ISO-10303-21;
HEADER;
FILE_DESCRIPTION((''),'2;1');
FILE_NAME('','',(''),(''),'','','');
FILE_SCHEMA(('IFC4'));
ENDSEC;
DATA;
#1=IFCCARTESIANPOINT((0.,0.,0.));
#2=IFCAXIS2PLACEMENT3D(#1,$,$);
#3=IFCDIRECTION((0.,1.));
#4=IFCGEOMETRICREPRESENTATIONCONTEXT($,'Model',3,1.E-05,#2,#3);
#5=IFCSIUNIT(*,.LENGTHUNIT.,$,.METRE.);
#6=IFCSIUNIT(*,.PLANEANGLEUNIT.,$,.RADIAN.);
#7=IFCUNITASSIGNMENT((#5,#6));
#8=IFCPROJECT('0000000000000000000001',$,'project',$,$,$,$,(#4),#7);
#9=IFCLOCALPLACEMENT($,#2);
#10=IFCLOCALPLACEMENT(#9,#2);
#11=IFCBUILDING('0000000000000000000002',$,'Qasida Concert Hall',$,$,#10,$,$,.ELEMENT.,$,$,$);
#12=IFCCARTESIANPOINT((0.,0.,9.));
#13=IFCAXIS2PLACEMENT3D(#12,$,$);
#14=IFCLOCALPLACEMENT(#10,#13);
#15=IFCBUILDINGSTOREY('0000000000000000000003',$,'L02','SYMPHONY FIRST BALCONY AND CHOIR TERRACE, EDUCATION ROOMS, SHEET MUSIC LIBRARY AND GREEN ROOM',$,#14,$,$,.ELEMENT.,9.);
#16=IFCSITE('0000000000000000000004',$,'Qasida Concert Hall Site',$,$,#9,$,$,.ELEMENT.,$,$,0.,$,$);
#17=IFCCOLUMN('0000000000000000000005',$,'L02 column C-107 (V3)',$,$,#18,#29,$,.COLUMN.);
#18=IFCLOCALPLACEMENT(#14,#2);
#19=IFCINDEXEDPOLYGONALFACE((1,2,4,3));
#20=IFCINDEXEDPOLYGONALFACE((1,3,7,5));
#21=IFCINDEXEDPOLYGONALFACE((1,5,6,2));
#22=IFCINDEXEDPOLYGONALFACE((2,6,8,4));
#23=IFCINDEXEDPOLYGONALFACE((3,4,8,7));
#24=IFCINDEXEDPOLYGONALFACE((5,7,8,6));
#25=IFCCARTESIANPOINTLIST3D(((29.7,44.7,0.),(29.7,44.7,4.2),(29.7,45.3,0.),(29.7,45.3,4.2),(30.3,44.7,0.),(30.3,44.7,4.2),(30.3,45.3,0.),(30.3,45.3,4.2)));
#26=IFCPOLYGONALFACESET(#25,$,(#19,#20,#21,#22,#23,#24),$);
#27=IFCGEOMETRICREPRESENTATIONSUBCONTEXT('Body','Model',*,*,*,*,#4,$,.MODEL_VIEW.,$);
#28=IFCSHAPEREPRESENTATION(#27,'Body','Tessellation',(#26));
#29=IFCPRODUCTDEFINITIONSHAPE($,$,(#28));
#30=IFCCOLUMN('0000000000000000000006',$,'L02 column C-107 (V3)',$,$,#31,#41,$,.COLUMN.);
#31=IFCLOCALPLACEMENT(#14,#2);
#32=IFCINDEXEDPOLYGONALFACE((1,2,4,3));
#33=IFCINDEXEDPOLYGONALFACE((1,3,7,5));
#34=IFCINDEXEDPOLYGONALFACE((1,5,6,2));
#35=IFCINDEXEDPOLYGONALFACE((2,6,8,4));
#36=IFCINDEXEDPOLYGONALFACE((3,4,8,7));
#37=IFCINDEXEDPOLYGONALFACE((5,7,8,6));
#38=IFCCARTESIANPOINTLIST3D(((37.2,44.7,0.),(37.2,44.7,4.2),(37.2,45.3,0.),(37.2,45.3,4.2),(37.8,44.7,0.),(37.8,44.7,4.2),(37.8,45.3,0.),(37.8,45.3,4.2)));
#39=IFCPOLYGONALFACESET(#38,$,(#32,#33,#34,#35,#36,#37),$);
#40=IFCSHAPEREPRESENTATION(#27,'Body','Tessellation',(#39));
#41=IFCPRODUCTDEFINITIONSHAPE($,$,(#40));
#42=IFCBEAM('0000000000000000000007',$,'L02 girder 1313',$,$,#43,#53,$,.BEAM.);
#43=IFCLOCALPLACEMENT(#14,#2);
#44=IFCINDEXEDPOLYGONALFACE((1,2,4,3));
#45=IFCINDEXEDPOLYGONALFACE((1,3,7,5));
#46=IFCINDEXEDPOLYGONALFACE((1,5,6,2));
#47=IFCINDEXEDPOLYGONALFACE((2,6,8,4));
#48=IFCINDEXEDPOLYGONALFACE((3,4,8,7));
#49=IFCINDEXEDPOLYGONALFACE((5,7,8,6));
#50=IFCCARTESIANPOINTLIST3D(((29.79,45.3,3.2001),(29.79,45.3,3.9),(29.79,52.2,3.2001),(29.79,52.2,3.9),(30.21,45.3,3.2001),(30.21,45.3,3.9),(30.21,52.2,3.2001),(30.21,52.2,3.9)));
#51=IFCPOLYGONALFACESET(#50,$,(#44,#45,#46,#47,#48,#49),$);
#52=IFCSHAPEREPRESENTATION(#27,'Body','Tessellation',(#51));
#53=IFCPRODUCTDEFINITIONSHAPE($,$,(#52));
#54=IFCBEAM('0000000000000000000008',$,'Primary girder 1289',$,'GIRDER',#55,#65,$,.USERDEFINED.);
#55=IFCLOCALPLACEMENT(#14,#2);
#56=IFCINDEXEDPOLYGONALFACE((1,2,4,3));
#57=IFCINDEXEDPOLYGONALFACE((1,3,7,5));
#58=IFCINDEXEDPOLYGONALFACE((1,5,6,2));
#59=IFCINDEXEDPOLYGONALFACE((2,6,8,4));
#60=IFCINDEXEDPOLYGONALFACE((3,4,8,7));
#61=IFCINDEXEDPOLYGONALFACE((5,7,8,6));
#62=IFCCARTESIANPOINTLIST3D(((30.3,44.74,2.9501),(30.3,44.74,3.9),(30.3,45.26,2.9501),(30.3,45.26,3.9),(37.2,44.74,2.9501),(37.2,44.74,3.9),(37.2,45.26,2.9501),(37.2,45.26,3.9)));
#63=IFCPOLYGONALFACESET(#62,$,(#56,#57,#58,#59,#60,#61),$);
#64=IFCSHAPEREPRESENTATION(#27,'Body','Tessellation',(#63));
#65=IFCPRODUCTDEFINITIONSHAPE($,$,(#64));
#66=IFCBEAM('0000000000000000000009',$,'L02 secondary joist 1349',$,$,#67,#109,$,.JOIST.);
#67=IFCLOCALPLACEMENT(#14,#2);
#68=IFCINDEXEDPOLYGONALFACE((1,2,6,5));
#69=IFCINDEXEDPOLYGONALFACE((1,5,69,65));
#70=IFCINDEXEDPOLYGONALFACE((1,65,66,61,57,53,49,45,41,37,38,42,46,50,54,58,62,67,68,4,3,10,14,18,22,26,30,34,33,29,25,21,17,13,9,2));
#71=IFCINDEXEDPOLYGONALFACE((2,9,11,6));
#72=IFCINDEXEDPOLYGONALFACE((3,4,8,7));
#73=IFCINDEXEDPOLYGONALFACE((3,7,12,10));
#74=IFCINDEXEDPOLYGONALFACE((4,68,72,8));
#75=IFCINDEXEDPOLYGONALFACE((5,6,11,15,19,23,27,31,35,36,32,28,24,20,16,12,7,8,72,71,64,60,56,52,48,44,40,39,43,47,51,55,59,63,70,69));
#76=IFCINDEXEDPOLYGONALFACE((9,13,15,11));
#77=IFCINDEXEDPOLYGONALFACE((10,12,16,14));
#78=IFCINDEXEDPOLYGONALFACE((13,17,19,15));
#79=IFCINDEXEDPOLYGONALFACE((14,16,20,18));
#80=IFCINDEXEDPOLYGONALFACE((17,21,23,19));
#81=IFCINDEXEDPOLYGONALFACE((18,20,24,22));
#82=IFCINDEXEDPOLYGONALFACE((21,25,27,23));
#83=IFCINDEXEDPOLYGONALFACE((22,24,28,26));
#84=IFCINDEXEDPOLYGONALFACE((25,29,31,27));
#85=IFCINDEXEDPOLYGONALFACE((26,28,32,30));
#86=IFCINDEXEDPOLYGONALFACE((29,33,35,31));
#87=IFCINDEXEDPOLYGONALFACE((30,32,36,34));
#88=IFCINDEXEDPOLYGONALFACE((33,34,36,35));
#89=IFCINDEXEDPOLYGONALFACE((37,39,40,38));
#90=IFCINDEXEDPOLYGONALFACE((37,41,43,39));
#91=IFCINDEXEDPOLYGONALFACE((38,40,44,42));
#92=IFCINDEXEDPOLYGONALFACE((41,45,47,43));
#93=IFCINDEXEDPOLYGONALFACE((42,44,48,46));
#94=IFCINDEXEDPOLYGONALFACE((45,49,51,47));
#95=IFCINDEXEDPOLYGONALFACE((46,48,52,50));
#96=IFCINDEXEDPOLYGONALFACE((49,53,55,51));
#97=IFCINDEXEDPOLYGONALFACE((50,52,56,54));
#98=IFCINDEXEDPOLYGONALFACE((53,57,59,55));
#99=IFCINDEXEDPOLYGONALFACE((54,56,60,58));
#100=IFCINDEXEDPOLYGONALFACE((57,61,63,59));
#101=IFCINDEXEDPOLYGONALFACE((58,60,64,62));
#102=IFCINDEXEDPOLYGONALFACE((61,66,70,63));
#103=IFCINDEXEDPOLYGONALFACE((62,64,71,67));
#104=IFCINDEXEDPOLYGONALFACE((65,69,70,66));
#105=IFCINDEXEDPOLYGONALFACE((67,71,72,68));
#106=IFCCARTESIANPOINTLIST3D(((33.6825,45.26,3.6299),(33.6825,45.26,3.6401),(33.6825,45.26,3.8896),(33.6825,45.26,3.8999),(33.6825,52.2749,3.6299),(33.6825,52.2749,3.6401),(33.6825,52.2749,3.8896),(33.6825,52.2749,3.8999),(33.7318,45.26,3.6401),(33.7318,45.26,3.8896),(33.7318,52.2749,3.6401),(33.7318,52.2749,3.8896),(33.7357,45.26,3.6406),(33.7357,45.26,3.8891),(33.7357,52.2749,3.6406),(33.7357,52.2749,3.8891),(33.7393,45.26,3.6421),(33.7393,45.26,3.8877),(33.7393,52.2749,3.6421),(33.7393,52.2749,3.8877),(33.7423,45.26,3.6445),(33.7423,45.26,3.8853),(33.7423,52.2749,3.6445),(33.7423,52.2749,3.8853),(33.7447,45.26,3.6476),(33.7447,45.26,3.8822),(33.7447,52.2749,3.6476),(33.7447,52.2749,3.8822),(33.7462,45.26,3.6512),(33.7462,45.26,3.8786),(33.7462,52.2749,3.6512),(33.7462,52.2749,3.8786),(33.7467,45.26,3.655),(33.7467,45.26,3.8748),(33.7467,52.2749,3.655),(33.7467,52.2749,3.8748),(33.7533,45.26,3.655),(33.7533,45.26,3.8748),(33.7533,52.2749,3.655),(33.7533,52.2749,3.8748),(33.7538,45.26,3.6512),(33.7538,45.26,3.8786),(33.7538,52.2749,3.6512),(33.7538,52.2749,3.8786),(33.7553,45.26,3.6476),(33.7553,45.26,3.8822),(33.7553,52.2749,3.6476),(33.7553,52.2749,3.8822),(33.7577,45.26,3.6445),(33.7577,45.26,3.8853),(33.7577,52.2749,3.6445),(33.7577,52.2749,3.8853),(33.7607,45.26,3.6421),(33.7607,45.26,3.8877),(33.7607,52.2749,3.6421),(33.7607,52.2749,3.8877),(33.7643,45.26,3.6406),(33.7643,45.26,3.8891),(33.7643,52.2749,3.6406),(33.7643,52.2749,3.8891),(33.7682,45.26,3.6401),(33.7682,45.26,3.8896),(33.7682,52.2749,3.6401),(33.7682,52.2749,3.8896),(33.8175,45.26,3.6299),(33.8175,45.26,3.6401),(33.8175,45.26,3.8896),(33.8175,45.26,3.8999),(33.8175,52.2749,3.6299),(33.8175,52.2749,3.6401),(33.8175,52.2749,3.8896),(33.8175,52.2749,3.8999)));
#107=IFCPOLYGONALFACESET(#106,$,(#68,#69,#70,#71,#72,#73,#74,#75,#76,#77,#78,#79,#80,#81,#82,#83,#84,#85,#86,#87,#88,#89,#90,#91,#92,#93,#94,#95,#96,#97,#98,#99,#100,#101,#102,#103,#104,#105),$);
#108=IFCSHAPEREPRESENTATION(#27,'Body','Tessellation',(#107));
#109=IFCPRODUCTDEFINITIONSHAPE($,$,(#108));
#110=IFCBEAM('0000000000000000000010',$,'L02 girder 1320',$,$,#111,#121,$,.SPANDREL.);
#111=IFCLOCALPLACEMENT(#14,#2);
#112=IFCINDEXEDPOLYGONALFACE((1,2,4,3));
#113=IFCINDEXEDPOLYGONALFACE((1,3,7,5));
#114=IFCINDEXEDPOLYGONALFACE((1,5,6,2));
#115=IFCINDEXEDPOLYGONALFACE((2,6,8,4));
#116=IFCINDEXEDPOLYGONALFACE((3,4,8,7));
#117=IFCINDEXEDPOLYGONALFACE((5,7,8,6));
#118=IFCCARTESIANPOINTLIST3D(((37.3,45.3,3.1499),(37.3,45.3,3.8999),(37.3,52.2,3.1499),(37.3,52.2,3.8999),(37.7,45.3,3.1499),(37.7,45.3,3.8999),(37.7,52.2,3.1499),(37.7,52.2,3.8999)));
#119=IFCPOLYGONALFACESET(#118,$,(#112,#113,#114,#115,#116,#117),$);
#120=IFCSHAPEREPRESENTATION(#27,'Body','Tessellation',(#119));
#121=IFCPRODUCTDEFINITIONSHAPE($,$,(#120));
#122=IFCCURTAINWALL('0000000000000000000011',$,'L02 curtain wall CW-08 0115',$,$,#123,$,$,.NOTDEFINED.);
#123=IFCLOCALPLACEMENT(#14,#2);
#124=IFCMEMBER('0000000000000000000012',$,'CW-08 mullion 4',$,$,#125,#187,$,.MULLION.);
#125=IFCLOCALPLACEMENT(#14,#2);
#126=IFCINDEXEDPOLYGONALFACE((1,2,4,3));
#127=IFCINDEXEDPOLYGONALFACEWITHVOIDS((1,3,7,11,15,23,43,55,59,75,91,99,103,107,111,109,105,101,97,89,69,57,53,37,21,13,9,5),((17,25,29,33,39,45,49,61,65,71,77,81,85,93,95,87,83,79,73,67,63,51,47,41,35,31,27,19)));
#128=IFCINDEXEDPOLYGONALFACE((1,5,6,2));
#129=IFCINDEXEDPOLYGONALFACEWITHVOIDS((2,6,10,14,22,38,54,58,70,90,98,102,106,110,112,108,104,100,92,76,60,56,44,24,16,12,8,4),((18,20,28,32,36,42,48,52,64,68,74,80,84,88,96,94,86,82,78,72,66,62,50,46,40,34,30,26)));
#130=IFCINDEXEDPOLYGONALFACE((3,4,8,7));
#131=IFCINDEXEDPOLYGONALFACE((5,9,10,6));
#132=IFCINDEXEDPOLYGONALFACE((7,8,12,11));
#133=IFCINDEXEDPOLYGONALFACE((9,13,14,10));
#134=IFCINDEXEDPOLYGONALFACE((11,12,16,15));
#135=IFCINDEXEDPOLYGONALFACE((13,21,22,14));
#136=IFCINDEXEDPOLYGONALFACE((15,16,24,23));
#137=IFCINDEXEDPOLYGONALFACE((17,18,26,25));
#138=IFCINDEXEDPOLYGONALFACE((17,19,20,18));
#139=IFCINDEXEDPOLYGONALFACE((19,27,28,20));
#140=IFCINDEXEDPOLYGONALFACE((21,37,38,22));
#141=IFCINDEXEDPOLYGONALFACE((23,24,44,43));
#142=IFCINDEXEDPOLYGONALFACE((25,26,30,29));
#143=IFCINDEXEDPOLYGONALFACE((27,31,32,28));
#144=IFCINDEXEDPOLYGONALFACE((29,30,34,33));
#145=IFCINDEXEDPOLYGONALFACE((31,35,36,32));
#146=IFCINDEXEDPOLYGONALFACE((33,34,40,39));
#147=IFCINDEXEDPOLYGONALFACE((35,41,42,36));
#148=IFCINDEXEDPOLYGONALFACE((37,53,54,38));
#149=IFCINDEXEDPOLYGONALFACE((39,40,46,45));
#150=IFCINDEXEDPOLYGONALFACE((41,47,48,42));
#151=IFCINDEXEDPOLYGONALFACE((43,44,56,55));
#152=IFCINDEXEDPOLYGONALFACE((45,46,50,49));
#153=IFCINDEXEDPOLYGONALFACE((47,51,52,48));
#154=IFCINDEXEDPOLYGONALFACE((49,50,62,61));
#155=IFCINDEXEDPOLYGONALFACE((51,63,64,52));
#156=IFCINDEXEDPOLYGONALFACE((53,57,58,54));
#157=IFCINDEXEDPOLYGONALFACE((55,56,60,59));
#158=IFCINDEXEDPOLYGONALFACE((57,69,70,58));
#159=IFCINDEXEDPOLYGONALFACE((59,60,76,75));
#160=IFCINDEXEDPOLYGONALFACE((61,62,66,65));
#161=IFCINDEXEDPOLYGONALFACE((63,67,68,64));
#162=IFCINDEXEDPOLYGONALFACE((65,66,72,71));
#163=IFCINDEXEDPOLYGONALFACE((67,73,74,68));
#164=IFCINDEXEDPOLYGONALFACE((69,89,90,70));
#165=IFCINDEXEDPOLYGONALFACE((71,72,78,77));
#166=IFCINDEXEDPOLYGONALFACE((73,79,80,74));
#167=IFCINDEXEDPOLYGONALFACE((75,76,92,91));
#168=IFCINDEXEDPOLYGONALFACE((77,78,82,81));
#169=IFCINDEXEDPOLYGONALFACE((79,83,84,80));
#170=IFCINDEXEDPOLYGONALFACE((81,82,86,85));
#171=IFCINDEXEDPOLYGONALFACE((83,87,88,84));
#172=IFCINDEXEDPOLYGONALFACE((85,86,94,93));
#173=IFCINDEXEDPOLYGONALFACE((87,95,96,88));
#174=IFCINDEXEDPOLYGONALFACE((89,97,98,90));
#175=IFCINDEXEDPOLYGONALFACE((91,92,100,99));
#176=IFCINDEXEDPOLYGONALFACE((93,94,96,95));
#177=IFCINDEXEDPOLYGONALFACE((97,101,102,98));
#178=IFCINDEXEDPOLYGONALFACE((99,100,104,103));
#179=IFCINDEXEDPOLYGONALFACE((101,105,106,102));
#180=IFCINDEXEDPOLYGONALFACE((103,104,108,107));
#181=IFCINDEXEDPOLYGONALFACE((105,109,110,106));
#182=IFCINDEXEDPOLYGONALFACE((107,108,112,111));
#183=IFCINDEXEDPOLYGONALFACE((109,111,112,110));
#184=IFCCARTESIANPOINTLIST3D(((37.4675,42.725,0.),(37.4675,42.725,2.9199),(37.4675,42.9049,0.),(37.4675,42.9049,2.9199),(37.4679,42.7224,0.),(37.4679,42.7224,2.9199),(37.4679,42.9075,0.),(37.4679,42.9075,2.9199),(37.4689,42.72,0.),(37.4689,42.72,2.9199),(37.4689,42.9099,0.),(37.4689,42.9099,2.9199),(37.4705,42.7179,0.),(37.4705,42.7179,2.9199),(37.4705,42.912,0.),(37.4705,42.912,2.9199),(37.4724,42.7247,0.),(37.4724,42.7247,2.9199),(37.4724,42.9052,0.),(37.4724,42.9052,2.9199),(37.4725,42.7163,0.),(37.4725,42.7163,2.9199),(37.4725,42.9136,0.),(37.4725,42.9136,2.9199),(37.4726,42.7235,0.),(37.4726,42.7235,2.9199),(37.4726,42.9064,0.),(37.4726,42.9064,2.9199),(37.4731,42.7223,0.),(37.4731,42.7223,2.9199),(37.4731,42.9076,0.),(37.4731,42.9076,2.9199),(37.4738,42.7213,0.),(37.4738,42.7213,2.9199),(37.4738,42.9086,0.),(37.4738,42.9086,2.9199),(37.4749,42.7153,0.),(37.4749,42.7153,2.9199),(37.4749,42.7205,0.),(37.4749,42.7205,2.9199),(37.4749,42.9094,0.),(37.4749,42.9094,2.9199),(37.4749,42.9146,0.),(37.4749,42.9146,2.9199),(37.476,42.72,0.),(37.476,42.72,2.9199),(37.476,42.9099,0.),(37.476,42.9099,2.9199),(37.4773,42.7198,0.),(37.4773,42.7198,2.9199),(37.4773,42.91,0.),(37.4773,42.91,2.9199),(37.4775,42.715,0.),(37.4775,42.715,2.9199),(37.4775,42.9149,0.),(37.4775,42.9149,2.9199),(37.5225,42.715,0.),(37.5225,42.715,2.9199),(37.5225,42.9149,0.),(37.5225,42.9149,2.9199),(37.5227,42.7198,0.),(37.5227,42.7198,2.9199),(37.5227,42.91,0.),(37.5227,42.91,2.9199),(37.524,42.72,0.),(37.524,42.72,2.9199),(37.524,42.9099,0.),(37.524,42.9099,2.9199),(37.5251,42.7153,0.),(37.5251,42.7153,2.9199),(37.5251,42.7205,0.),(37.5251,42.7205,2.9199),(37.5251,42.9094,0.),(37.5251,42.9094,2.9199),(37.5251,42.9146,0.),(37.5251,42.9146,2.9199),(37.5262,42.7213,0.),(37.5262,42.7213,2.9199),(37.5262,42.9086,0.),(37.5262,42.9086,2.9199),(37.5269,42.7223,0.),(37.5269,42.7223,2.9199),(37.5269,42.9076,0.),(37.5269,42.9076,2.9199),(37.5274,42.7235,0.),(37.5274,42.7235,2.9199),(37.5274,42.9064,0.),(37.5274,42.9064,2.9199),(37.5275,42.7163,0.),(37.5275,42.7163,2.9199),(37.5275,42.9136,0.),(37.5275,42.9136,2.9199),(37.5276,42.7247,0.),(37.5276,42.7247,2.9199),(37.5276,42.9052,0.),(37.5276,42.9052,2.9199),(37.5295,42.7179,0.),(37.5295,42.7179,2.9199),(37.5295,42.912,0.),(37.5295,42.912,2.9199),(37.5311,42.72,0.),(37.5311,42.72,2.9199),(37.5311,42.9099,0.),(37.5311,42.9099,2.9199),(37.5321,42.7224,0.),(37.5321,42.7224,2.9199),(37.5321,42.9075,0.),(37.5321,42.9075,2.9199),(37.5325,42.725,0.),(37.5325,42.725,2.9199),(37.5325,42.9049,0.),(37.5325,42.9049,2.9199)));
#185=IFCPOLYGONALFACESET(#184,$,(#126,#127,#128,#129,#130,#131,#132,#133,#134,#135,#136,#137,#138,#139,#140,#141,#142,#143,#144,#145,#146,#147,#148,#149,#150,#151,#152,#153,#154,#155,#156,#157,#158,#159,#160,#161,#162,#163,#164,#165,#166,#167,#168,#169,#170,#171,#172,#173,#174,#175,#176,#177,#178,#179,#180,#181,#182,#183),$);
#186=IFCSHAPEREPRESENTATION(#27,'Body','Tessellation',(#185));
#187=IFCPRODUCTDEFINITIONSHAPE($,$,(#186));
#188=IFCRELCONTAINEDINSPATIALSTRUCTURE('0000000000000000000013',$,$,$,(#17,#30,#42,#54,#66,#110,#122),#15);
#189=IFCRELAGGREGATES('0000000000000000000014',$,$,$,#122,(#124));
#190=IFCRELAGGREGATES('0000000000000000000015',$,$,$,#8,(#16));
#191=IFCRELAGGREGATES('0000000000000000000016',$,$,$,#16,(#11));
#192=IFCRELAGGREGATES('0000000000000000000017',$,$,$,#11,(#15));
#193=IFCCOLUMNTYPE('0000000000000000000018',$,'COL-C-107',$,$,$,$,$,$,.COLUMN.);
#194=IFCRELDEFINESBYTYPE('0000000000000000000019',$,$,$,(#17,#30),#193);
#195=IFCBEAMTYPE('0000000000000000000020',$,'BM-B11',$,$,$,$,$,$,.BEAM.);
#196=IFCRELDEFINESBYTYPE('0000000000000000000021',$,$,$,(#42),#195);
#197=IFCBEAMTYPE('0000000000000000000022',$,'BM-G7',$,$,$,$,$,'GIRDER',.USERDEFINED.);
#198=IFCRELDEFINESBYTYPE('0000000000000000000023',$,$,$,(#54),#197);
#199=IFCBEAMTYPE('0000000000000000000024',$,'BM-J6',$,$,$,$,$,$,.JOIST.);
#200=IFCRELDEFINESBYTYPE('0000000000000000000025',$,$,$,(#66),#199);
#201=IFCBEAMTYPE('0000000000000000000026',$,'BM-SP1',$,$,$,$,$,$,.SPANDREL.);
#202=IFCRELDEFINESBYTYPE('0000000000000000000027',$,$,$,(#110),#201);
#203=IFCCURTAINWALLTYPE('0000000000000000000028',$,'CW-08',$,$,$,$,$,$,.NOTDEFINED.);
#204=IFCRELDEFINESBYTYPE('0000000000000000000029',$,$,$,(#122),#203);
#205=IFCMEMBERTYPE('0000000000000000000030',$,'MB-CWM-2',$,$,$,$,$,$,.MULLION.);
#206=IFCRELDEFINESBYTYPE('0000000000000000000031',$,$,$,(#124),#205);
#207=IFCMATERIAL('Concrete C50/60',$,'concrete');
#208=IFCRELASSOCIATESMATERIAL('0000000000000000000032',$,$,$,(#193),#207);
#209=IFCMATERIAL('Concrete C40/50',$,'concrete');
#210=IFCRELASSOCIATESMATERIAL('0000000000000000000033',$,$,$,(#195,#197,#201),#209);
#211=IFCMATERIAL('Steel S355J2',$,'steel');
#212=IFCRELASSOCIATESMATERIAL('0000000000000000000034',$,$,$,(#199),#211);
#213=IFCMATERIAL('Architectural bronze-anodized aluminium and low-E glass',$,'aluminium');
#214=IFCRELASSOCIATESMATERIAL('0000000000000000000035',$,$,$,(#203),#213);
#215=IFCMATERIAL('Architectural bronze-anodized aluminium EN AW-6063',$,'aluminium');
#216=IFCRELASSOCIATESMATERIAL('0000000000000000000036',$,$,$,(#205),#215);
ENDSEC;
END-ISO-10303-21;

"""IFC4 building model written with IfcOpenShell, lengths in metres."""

from ifc_helpers import new_model, si_unit, direction, frame, origin, origin_2d, place, context, subcontext, project, spatial, rectangle, hollow_rectangle, i_section, extrude, material, material_profile, profile_set, type_object, element, aggregate, save


model = new_model("IFC4")

# Units and contexts
model_context = context("Model", 3, precision=1e-05, world=origin(), true_north=direction((0.0, 1.0)))
body_context = subcontext(model_context, "Body", "Model", "MODEL_VIEW")
ifc_project = project(units=[si_unit("LENGTHUNIT", "METRE"), si_unit("PLANEANGLEUNIT", "RADIAN")], contexts=[model_context])

# Site, building, storey
site_placement = place(None, origin())
site = spatial("IfcSite", under=ifc_project, at=site_placement, Name="Qasida Concert Hall Site", CompositionType="ELEMENT", RefElevation=0.0)
building_placement = place(site_placement, origin())
building = spatial("IfcBuilding", under=site, at=building_placement, Name="Qasida Concert Hall", CompositionType="ELEMENT")
storey_placement = place(building_placement, frame((0.0, 0.0, 9.0)))
storey = spatial("IfcBuildingStorey", under=building, at=storey_placement, Name="L02", Description="SYMPHONY FIRST BALCONY AND CHOIR TERRACE, EDUCATION ROOMS, SHEET MUSIC LIBRARY AND GREEN ROOM", CompositionType="ELEMENT", Elevation=9.0)

# Columns
ifc_material_1 = material(Name="Concrete C50/60", Category="concrete")
ifc_material_profile_1 = material_profile(ifc_material_1, rectangle(XDim=0.6001, YDim=0.6001, at=origin_2d()), Name="RC 600x600")
ifc_profile_set_1 = profile_set([ifc_material_profile_1], Name="Concrete C50/60")
column_type = type_object("IfcColumnType", Name="COL-C-107", PredefinedType="COLUMN", material=ifc_profile_set_1)
for number, where, z_axis, x_axis, name in (
    (1, (30.0, 45.0, 0.0), (0.0, 0.0, 1.0), (1.0, 0.0, 0.0), "L02 column C-107 (V3)"),
    (2, (37.5, 45.0, 0.0), (0.0, 0.0, 1.0), (1.0, 0.0, 0.0), "L02 column C-107 (V3)"),
):
    element("IfcColumn", number, at=place(storey_placement, frame(where, z_axis=z_axis, x_axis=x_axis)), inside=storey, type_object=column_type, Name=name, PredefinedType="COLUMN", context=body_context, shape_type="SweptSolid", body=[
        extrude(rectangle(XDim=0.6001, YDim=0.6001, at=origin_2d()), origin(), (0.0, 0.0, 1.0), 4.2),
    ])

# Beams
ifc_material_2 = material(Name="Concrete C40/50", Category="concrete")
ifc_material_profile_2 = material_profile(ifc_material_2, rectangle(XDim=0.4199, YDim=0.7, at=origin_2d()), Name="RC 420x700")
ifc_profile_set_2 = profile_set([ifc_material_profile_2], Name="Concrete C40/50")
beam_type_1 = type_object("IfcBeamType", Name="BM-B11", PredefinedType="BEAM", material=ifc_profile_set_2)
beam_1_placement = place(storey_placement, frame((30.0, 45.3, 3.55), z_axis=(0.0, 1.0, 0.0), x_axis=(-1.0, 0.0, 0.0)))
element("IfcBeam", 3, at=beam_1_placement, inside=storey, type_object=beam_type_1, Name="L02 girder 1313", PredefinedType="BEAM", context=body_context, shape_type="SweptSolid", body=[
    extrude(rectangle(XDim=0.4199, YDim=0.7, at=origin_2d()), origin(), (0.0, 0.0, 1.0), 6.8999),
])
ifc_material_profile_3 = material_profile(ifc_material_2, rectangle(XDim=0.52, YDim=0.95, at=origin_2d()), Name="RC 520x950")
ifc_profile_set_3 = profile_set([ifc_material_profile_3], Name="Concrete C40/50")
beam_type_2 = type_object("IfcBeamType", Name="BM-G7", ElementType="GIRDER", PredefinedType="USERDEFINED", material=ifc_profile_set_3)
beam_2_placement = place(storey_placement, frame((30.3, 45.0, 3.425), z_axis=(1.0, 0.0, 0.0), x_axis=(0.0, 1.0, 0.0)))
element("IfcBeam", 4, at=beam_2_placement, inside=storey, type_object=beam_type_2, Name="Primary girder 1289", ObjectType="GIRDER", PredefinedType="USERDEFINED", context=body_context, shape_type="SweptSolid", body=[
    extrude(rectangle(XDim=0.52, YDim=0.95, at=origin_2d()), origin(), (0.0, 0.0, 1.0), 6.8999),
])
ifc_material_3 = material(Name="Steel S355J2", Category="steel")
ifc_material_profile_4 = material_profile(ifc_material_3, i_section(OverallWidth=0.135, OverallDepth=0.27, WebThickness=0.0066, FlangeThickness=0.0103, FilletRadius=0.0149, at=origin_2d()), Name="IPE 270")
ifc_profile_set_4 = profile_set([ifc_material_profile_4], Name="Steel S355J2")
beam_type_3 = type_object("IfcBeamType", Name="BM-J6", PredefinedType="JOIST", material=ifc_profile_set_4)
beam_3_placement = place(storey_placement, frame((33.75, 45.26, 3.7649), z_axis=(0.0, 1.0, 0.0), x_axis=(-1.0, 0.0, 0.0)))
element("IfcBeam", 5, at=beam_3_placement, inside=storey, type_object=beam_type_3, Name="L02 secondary joist 1349", PredefinedType="JOIST", context=body_context, shape_type="SweptSolid", body=[
    extrude(i_section(OverallWidth=0.135, OverallDepth=0.27, WebThickness=0.0066, FlangeThickness=0.0103, FilletRadius=0.0149, at=origin_2d()), origin(), (0.0, 0.0, 1.0), 7.0149),
])
ifc_material_profile_5 = material_profile(ifc_material_2, rectangle(XDim=0.3999, YDim=0.75, at=origin_2d()), Name="RC 400x750")
ifc_profile_set_5 = profile_set([ifc_material_profile_5], Name="Concrete C40/50")
beam_type_4 = type_object("IfcBeamType", Name="BM-SP1", PredefinedType="SPANDREL", material=ifc_profile_set_5)
beam_4_placement = place(storey_placement, frame((37.5, 45.3, 3.5249), z_axis=(0.0, 1.0, 0.0), x_axis=(-1.0, 0.0, 0.0)))
element("IfcBeam", 6, at=beam_4_placement, inside=storey, type_object=beam_type_4, Name="L02 girder 1320", PredefinedType="SPANDREL", context=body_context, shape_type="SweptSolid", body=[
    extrude(rectangle(XDim=0.3999, YDim=0.75, at=origin_2d()), origin(), (0.0, 0.0, 1.0), 6.8999),
])

# Curtain wall, member
ifc_material_4 = material(Name="Architectural bronze-anodized aluminium and low-E glass", Category="aluminium")
curtain_wall_type = type_object("IfcCurtainWallType", Name="CW-08", PredefinedType="NOTDEFINED", material=ifc_material_4)
curtain_wall_1_placement = place(storey_placement, origin())
curtain_wall_1 = element("IfcCurtainWall", 7, at=curtain_wall_1_placement, inside=storey, type_object=curtain_wall_type, Name="L02 curtain wall CW-08 0115", PredefinedType="NOTDEFINED")
ifc_material_5 = material(Name="Architectural bronze-anodized aluminium EN AW-6063", Category="aluminium")
ifc_material_profile_6 = material_profile(ifc_material_5, hollow_rectangle(XDim=0.0649, YDim=0.2, WallThickness=0.0049, InnerFilletRadius=0.0049, OuterFilletRadius=0.01, at=origin_2d()), Name="CWM 200x65x5")
ifc_profile_set_6 = profile_set([ifc_material_profile_6], Name="Architectural bronze-anodized aluminium EN AW-6063")
member_type_1 = type_object("IfcMemberType", Name="MB-CWM-2", PredefinedType="MULLION", material=ifc_profile_set_6)
member_1_placement = place(storey_placement, frame((37.5, 42.8149, 0.0), z_axis=(0.0, 0.0, 1.0), x_axis=(-1.0, 0.0, 0.0)))
member_1 = element("IfcMember", 8, at=member_1_placement, type_object=member_type_1, Name="CW-08 mullion 4", PredefinedType="MULLION", context=body_context, shape_type="SweptSolid", body=[
    extrude(hollow_rectangle(XDim=0.0649, YDim=0.2, WallThickness=0.0049, InnerFilletRadius=0.0049, OuterFilletRadius=0.01, at=origin_2d()), origin(), (0.0, 0.0, 1.0), 2.9199),
])

aggregate(curtain_wall_1, [member_1])

save(model, "model.ifc")
